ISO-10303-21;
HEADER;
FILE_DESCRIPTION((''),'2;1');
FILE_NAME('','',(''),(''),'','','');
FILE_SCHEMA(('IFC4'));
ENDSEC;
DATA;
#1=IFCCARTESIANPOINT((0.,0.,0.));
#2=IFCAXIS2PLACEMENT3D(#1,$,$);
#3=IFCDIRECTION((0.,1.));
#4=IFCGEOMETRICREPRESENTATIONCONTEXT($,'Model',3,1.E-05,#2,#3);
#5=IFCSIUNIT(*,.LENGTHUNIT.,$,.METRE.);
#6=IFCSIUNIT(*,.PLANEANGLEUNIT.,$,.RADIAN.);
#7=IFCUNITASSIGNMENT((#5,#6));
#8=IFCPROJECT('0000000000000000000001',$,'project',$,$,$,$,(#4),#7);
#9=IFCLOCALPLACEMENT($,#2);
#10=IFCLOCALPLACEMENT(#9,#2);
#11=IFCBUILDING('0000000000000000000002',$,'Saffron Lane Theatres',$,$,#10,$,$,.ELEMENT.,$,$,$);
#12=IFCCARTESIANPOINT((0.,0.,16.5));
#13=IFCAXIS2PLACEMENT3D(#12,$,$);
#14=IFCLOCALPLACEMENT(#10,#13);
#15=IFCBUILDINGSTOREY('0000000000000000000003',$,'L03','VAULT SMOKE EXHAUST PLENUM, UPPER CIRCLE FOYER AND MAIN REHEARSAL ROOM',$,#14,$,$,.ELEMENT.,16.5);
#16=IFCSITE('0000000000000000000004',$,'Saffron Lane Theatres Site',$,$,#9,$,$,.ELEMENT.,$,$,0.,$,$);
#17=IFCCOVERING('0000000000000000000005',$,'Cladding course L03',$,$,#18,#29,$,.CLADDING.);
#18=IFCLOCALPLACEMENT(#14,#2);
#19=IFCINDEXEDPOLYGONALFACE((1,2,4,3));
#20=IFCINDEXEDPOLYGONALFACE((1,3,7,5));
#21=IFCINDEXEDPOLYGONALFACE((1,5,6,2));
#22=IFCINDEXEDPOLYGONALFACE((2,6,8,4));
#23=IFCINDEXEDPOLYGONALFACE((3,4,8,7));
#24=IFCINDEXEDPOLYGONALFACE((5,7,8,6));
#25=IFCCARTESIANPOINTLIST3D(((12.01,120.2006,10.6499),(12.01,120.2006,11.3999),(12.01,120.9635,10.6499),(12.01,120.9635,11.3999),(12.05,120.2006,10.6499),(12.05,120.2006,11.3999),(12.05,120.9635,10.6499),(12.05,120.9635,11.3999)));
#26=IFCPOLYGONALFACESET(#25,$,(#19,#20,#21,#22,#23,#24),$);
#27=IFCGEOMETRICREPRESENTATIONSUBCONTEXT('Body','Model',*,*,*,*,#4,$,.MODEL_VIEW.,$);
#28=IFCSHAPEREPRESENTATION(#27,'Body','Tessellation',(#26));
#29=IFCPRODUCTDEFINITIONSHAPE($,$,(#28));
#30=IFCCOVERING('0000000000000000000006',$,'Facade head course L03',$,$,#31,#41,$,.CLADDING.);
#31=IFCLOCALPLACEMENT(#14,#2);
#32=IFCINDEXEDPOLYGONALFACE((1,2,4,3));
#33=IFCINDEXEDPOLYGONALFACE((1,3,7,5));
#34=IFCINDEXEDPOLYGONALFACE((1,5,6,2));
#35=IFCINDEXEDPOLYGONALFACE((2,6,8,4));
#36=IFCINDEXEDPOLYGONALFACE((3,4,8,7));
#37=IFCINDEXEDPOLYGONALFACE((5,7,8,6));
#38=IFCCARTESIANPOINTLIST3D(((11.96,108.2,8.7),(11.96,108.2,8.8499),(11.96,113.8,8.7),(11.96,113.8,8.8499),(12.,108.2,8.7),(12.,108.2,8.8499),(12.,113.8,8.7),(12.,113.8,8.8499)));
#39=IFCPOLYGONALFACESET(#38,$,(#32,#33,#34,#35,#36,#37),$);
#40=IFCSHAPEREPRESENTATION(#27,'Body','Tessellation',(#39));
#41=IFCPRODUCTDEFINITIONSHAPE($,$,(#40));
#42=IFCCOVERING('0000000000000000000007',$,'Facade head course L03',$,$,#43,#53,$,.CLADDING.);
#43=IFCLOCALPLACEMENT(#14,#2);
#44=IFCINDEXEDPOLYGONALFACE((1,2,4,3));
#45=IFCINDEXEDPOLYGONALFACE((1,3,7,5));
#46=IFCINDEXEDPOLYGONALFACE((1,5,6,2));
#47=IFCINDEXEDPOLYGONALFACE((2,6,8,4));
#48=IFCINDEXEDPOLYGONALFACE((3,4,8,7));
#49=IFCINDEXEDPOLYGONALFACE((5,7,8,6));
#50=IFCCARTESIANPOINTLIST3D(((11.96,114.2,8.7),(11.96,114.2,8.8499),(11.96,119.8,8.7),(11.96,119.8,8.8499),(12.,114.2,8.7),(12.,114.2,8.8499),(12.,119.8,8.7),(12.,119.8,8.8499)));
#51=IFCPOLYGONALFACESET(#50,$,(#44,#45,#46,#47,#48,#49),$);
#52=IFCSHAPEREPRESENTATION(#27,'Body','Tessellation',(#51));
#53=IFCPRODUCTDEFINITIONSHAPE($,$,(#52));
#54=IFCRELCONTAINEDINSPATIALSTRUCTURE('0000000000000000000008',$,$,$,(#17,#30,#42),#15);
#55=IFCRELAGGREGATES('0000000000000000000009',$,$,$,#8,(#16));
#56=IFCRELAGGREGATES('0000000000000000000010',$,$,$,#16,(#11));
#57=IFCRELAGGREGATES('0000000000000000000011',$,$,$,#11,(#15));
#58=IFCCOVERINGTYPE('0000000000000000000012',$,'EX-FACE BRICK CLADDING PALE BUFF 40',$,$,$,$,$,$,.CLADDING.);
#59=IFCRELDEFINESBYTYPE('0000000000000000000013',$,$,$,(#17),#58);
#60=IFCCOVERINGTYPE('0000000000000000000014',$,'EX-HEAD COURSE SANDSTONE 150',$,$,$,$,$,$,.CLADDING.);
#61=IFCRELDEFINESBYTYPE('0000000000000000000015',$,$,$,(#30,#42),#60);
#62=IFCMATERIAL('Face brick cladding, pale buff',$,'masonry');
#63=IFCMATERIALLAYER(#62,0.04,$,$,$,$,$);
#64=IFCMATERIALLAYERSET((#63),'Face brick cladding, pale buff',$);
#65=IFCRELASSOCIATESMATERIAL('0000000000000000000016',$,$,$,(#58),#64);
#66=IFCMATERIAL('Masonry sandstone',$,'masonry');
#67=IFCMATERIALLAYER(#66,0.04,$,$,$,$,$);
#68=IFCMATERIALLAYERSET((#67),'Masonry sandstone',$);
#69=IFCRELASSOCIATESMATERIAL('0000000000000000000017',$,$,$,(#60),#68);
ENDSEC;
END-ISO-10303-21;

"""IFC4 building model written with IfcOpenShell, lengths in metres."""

from ifc_helpers import new_model, si_unit, direction, frame, origin, origin_2d, place, context, subcontext, project, spatial, rectangle, extrude, material, layer, layer_set, type_object, element, save


model = new_model("IFC4")

# Units and contexts
model_context = context("Model", 3, precision=1e-05, world=origin(), true_north=direction((0.0, 1.0)))
body_context = subcontext(model_context, "Body", "Model", "MODEL_VIEW")
ifc_project = project(units=[si_unit("LENGTHUNIT", "METRE"), si_unit("PLANEANGLEUNIT", "RADIAN")], contexts=[model_context])

# Site, building, storey
site_placement = place(None, origin())
site = spatial("IfcSite", under=ifc_project, at=site_placement, Name="Saffron Lane Theatres Site", CompositionType="ELEMENT", RefElevation=0.0)
building_placement = place(site_placement, origin())
building = spatial("IfcBuilding", under=site, at=building_placement, Name="Saffron Lane Theatres", CompositionType="ELEMENT")
storey_placement = place(building_placement, frame((0.0, 0.0, 16.5)))
storey = spatial("IfcBuildingStorey", under=building, at=storey_placement, Name="L03", Description="VAULT SMOKE EXHAUST PLENUM, UPPER CIRCLE FOYER AND MAIN REHEARSAL ROOM", CompositionType="ELEMENT", Elevation=16.5)

# Coverings
ifc_material_1 = material(Name="Face brick cladding, pale buff", Category="masonry")
ifc_layer_1 = layer(ifc_material_1, 0.04)
ifc_layer_set_1 = layer_set([ifc_layer_1], Name="Face brick cladding, pale buff")
covering_type_1 = type_object("IfcCoveringType", Name="EX-FACE BRICK CLADDING PALE BUFF 40", PredefinedType="CLADDING", material=ifc_layer_set_1)
covering_1_placement = place(storey_placement, frame((12.03, 120.582, 10.6499), z_axis=(0.0, 0.0, 1.0), x_axis=(0.0, 1.0, 0.0)))
element("IfcCovering", 1, at=covering_1_placement, inside=storey, type_object=covering_type_1, Name="Cladding course L03", PredefinedType="CLADDING", context=body_context, shape_type="SweptSolid", body=[
    extrude(rectangle(XDim=0.7629, YDim=0.04, at=origin_2d()), origin(), (0.0, 0.0, 1.0), 0.75),
])
ifc_material_2 = material(Name="Masonry sandstone", Category="masonry")
ifc_layer_2 = layer(ifc_material_2, 0.04)
ifc_layer_set_2 = layer_set([ifc_layer_2], Name="Masonry sandstone")
covering_type_2 = type_object("IfcCoveringType", Name="EX-HEAD COURSE SANDSTONE 150", PredefinedType="CLADDING", material=ifc_layer_set_2)
for number, where, z_axis, x_axis, name in (
    (2, (11.98, 111.0, 8.7), (0.0, 0.0, 1.0), (0.0, 1.0, 0.0), "Facade head course L03"),
    (3, (11.98, 117.0, 8.7), (0.0, 0.0, 1.0), (0.0, 1.0, 0.0), "Facade head course L03"),
):
    element("IfcCovering", number, at=place(storey_placement, frame(where, z_axis=z_axis, x_axis=x_axis)), inside=storey, type_object=covering_type_2, Name=name, PredefinedType="CLADDING", context=body_context, shape_type="SweptSolid", body=[
        extrude(rectangle(XDim=5.6001, YDim=0.04, at=origin_2d()), origin(), (0.0, 0.0, 1.0), 0.1499),
    ])

save(model, "model.ifc")
